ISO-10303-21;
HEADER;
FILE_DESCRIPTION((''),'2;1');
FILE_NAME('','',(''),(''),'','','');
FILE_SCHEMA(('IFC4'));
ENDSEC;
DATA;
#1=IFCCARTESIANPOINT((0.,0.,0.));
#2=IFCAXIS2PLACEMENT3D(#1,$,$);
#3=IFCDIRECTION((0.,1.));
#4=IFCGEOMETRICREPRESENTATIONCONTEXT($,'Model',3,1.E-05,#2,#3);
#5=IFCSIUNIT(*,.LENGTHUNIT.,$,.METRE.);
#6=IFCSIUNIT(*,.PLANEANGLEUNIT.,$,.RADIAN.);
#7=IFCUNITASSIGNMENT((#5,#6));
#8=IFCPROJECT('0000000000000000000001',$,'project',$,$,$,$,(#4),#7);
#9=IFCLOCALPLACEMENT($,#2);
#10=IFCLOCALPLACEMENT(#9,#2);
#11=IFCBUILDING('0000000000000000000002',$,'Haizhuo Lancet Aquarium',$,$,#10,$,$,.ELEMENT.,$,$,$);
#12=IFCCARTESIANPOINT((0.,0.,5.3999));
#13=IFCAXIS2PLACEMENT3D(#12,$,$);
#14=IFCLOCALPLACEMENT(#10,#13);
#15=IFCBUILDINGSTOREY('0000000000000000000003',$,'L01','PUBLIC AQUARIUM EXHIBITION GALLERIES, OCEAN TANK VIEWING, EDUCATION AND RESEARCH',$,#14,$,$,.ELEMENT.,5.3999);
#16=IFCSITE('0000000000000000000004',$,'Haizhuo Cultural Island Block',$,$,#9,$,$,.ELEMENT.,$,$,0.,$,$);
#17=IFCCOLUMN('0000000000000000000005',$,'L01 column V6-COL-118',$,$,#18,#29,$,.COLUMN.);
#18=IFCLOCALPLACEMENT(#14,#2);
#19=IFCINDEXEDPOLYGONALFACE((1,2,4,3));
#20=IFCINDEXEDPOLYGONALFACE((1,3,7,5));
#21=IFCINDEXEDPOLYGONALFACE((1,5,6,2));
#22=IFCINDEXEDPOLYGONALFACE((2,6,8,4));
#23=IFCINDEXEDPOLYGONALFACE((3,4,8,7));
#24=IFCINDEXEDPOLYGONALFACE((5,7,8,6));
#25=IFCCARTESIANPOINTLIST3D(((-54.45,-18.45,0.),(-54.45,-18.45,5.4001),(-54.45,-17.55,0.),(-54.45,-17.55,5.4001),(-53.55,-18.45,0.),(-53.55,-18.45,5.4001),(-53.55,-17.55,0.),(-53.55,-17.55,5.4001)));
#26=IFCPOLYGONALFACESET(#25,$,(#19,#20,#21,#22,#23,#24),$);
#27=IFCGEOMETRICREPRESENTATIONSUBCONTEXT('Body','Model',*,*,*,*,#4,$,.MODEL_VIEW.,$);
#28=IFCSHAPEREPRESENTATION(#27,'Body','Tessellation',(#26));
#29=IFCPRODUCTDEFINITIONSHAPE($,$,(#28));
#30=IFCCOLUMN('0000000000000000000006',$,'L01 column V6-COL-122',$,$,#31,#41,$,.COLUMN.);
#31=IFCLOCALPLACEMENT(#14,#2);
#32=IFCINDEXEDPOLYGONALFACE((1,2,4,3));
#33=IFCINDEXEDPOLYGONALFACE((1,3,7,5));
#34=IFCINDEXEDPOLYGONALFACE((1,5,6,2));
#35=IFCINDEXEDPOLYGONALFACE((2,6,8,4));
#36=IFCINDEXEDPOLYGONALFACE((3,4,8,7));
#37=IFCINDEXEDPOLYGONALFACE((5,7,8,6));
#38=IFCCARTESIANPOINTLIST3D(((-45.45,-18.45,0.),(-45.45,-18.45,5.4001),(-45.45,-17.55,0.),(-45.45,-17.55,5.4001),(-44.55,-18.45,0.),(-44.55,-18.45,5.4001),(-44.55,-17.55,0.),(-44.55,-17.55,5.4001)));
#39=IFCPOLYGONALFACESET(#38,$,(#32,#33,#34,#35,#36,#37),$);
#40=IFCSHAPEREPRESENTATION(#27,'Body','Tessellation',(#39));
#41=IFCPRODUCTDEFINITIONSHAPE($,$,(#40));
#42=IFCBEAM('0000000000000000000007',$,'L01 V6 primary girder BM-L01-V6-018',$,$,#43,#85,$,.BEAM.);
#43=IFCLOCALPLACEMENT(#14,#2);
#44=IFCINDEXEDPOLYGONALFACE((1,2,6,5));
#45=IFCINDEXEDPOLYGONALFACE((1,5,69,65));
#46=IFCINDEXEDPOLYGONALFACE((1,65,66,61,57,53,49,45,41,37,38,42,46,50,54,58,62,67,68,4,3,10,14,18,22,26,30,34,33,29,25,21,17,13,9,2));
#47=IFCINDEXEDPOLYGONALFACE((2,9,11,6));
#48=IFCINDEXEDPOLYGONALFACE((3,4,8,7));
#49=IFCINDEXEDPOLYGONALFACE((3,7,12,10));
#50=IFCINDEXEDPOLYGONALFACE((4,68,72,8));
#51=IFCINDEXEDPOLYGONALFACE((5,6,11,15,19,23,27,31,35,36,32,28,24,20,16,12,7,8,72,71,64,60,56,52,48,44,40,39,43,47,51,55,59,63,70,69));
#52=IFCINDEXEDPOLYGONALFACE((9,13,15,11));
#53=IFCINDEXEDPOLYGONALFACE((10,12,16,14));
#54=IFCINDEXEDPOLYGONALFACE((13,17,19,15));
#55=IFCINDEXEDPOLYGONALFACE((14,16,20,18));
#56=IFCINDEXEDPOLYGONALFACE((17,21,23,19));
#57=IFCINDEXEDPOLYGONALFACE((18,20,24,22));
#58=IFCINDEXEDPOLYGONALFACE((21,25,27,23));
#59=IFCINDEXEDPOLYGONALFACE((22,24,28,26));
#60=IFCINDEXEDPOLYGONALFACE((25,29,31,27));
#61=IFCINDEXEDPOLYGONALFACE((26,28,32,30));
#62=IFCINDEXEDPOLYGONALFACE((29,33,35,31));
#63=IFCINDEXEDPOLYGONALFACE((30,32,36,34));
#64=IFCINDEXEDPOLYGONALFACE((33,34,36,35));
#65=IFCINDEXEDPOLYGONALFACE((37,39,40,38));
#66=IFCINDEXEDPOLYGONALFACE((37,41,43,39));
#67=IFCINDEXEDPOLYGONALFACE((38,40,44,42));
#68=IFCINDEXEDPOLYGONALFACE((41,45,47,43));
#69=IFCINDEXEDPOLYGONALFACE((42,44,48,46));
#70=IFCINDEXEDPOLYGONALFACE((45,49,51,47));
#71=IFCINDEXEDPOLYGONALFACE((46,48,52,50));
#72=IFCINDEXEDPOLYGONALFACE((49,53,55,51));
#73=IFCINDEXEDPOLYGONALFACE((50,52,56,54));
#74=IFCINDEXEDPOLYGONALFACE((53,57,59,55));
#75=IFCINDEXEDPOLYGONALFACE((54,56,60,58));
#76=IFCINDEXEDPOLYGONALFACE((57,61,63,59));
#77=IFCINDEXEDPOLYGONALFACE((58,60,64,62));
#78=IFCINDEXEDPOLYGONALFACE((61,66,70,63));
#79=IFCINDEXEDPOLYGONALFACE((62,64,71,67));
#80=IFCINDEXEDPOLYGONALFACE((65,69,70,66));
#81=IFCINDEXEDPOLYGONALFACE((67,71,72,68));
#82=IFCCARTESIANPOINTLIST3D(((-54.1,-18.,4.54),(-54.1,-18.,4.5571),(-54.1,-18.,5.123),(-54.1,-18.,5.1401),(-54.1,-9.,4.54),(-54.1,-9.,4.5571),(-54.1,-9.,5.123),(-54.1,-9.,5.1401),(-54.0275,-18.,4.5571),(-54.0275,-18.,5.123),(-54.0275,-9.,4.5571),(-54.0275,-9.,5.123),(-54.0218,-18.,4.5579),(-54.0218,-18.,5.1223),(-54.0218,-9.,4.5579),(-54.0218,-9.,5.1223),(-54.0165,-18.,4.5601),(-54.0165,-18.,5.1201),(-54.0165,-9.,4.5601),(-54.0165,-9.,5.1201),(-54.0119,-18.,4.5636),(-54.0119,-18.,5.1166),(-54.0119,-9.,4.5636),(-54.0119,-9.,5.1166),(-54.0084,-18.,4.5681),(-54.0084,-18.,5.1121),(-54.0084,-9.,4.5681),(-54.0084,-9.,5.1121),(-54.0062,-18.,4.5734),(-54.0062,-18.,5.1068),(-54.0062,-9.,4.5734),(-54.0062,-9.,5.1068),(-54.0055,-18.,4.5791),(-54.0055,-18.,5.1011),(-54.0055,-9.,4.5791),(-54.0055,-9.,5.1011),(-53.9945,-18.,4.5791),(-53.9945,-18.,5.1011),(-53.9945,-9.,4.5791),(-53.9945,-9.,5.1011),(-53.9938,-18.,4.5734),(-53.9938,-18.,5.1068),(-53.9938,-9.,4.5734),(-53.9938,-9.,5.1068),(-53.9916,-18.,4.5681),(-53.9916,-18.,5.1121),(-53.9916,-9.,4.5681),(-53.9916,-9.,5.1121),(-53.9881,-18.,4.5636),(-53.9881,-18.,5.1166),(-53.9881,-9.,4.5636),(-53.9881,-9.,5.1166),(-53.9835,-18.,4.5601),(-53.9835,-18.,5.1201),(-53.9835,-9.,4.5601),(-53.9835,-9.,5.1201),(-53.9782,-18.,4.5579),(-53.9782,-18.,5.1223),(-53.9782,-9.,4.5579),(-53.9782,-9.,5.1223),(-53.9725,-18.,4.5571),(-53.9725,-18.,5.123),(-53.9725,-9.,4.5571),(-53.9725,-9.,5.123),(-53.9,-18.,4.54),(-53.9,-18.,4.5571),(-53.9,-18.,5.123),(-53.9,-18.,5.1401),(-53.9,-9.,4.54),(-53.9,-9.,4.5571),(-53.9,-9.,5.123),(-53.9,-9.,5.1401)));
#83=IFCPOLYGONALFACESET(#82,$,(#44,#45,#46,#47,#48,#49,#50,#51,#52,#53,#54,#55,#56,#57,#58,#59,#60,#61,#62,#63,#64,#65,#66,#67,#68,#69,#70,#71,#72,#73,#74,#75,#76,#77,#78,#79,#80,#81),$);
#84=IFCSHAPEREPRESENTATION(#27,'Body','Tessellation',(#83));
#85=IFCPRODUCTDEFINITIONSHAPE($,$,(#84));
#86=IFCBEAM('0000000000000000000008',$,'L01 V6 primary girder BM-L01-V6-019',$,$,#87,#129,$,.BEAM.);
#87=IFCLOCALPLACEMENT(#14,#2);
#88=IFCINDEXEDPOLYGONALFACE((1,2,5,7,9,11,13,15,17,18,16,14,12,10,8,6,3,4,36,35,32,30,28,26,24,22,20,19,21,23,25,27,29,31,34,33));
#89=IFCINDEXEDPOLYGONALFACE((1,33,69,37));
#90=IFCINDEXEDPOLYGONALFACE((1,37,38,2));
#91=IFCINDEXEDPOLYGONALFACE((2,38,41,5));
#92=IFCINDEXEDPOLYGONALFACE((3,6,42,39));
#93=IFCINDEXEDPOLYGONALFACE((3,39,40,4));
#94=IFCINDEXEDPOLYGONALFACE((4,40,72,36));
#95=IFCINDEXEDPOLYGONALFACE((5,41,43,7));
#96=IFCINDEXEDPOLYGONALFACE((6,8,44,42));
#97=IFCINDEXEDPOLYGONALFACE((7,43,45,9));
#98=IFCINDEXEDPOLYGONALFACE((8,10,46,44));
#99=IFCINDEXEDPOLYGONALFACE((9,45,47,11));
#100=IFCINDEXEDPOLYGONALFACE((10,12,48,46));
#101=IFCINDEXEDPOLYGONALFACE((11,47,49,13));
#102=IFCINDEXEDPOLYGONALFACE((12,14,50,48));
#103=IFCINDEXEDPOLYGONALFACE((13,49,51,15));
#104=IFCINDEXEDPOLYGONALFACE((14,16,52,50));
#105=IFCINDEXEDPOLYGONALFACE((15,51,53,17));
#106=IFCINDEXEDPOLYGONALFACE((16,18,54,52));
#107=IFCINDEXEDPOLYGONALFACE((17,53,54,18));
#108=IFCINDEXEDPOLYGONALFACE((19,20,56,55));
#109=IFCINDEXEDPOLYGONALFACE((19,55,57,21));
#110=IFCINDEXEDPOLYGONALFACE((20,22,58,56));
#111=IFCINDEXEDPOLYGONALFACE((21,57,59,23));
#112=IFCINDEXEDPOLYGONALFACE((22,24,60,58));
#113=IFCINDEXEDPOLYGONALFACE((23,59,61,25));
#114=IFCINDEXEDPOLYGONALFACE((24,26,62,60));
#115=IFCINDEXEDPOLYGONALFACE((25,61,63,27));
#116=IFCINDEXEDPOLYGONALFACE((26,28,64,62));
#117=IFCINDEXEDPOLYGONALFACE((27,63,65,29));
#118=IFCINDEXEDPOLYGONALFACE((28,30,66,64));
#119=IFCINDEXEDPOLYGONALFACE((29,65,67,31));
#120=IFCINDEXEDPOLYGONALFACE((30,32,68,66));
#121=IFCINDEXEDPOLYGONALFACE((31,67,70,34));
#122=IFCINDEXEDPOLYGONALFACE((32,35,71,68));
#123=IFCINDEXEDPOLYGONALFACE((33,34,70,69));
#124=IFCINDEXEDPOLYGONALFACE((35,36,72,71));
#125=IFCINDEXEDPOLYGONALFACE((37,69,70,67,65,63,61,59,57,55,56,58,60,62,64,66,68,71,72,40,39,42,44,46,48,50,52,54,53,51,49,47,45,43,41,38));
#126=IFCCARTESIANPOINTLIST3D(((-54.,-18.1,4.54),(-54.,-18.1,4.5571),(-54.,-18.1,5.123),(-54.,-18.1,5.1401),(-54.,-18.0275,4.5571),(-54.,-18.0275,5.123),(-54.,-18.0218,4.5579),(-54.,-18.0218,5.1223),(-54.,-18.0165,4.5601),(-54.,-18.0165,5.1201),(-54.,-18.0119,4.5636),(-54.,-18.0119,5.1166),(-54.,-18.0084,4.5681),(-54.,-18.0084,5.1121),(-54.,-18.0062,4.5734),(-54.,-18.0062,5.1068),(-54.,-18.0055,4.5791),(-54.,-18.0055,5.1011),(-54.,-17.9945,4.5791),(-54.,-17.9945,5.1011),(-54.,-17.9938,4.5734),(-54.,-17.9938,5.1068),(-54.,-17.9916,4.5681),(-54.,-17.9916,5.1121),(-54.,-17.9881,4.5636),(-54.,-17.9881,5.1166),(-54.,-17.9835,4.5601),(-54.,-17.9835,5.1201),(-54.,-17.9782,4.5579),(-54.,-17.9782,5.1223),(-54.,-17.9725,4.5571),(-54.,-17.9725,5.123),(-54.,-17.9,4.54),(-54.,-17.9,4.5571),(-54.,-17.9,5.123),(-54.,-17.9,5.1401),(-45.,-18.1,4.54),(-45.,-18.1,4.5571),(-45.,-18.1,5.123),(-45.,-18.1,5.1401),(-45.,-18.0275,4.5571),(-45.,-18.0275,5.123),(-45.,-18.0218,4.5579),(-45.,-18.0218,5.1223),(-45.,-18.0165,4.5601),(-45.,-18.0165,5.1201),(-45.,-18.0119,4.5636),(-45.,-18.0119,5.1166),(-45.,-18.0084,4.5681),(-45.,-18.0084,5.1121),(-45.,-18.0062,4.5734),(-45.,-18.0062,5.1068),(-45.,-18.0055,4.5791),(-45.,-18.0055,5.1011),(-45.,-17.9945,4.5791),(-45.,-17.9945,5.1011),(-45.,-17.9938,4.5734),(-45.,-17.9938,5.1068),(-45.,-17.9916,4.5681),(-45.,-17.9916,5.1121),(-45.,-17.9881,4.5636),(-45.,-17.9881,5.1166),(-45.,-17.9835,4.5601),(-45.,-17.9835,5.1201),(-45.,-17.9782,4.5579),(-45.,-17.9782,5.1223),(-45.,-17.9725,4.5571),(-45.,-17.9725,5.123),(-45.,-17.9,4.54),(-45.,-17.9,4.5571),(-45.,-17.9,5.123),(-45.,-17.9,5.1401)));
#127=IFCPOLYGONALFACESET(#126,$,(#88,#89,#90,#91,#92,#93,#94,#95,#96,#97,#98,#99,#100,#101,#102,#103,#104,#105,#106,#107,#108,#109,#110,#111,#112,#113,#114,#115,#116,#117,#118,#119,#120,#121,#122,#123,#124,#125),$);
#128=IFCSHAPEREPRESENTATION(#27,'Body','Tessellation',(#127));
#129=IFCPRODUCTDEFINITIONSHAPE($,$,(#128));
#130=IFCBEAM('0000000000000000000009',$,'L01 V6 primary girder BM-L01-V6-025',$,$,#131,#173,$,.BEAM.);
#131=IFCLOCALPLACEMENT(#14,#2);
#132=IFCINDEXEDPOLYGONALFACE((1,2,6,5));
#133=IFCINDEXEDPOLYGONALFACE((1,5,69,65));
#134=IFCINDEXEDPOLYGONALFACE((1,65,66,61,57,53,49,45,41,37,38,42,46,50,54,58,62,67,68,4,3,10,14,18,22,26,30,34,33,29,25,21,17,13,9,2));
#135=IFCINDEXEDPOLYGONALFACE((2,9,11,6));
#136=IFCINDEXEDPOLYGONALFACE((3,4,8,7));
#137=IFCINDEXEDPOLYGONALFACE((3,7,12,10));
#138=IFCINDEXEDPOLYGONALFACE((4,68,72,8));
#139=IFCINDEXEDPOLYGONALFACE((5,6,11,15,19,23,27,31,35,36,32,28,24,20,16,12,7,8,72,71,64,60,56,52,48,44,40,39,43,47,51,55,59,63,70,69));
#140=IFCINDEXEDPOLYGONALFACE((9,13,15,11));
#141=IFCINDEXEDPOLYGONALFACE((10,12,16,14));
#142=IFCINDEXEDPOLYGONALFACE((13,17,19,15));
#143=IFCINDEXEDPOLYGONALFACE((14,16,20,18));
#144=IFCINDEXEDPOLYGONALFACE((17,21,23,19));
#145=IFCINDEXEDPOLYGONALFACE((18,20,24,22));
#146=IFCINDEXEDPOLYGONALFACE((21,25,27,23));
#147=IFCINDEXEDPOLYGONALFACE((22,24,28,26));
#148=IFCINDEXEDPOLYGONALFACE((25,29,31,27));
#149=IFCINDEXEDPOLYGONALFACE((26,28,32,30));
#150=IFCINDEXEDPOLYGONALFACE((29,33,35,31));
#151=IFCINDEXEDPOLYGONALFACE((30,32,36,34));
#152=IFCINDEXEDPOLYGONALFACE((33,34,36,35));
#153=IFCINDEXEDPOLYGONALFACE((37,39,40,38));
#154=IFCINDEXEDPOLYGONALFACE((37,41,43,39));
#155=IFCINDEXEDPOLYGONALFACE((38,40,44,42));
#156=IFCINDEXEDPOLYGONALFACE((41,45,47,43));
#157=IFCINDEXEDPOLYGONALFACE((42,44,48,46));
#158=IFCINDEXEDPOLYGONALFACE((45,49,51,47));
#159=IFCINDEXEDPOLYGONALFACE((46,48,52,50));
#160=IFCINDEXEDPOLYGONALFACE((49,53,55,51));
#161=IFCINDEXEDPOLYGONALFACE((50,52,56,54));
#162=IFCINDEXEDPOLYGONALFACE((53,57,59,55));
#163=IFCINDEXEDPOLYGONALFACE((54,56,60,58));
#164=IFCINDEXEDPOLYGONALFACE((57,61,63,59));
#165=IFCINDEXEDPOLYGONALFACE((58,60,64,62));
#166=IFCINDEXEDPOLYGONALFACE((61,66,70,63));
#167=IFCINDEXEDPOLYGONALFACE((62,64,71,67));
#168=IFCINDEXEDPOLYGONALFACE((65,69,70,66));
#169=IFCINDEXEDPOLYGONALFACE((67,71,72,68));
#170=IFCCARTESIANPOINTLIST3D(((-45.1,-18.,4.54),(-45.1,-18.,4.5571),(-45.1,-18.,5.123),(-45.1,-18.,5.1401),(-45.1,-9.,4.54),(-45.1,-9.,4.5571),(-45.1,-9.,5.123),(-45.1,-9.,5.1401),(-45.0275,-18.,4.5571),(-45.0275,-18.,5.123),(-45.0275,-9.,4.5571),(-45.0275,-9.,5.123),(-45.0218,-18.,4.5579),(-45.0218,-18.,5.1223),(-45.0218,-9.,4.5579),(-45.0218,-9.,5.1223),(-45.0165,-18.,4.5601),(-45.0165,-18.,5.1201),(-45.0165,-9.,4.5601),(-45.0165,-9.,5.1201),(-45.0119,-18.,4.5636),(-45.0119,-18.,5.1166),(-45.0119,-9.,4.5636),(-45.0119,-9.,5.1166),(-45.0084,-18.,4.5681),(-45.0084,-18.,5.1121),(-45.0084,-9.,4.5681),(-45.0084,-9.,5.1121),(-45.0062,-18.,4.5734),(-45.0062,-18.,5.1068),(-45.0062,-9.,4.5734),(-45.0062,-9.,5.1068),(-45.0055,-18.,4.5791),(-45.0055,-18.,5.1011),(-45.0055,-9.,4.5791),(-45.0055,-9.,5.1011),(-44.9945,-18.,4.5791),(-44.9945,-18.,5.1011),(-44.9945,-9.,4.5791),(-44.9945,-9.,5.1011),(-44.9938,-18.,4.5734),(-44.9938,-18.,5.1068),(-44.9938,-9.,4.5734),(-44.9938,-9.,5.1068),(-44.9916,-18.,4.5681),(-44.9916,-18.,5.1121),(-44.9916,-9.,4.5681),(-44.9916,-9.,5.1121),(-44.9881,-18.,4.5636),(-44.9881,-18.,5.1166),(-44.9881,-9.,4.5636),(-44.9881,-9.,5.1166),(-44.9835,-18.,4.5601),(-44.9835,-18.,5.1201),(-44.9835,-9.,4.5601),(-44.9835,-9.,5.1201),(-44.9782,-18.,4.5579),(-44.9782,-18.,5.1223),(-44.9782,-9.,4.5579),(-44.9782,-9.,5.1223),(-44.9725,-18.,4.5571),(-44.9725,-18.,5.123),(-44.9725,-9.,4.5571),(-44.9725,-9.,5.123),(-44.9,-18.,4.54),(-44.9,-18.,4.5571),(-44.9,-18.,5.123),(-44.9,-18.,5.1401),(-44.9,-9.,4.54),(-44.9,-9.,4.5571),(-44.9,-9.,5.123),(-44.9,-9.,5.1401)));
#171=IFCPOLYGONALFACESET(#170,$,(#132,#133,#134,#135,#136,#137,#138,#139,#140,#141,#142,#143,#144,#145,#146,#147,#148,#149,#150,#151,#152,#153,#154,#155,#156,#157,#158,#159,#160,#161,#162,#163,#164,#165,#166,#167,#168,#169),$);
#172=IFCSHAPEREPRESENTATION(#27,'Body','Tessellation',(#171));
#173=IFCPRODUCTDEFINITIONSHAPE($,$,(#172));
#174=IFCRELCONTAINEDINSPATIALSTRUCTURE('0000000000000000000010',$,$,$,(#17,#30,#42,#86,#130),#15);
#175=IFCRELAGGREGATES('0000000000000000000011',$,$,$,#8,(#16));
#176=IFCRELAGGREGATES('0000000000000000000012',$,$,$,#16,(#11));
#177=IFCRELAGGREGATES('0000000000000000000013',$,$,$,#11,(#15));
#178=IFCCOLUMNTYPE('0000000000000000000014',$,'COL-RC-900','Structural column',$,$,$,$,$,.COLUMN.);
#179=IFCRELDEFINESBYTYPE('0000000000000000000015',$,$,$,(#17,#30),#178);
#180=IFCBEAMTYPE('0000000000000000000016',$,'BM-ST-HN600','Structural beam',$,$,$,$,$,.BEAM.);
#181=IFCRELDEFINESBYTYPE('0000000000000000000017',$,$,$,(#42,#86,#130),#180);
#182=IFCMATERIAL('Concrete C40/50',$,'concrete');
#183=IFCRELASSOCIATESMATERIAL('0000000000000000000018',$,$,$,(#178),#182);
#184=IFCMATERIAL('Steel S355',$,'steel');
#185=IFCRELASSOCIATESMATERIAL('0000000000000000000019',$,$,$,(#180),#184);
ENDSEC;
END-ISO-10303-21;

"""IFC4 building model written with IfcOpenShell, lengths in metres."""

from ifc_helpers import new_model, si_unit, direction, frame, origin, origin_2d, place, context, subcontext, project, spatial, rectangle, i_section, extrude, material, material_profile, profile_set, type_object, element, save


model = new_model("IFC4")

# Units and contexts
model_context = context("Model", 3, precision=1e-05, world=origin(), true_north=direction((0.0, 1.0)))
body_context = subcontext(model_context, "Body", "Model", "MODEL_VIEW")
ifc_project = project(units=[si_unit("LENGTHUNIT", "METRE"), si_unit("PLANEANGLEUNIT", "RADIAN")], contexts=[model_context])

# Site, building, storey
site_placement = place(None, origin())
site = spatial("IfcSite", under=ifc_project, at=site_placement, Name="Haizhuo Cultural Island Block", CompositionType="ELEMENT", RefElevation=0.0)
building_placement = place(site_placement, origin())
building = spatial("IfcBuilding", under=site, at=building_placement, Name="Haizhuo Lancet Aquarium", CompositionType="ELEMENT")
storey_placement = place(building_placement, frame((0.0, 0.0, 5.3999)))
storey = spatial("IfcBuildingStorey", under=building, at=storey_placement, Name="L01", Description="PUBLIC AQUARIUM EXHIBITION GALLERIES, OCEAN TANK VIEWING, EDUCATION AND RESEARCH", CompositionType="ELEMENT", Elevation=5.3999)

# Columns
ifc_material_1 = material(Name="Concrete C40/50", Category="concrete")
ifc_material_profile_1 = material_profile(ifc_material_1, rectangle(XDim=0.8999, YDim=0.8999, at=origin_2d()), Name="RC-COL 900x900")
ifc_profile_set_1 = profile_set([ifc_material_profile_1], Name="Concrete C40/50")
column_type = type_object("IfcColumnType", Name="COL-RC-900", Description="Structural column", PredefinedType="COLUMN", material=ifc_profile_set_1)
for number, where, z_axis, x_axis, name in (
    (1, (-54.0, -18.0, 0.0), (0.0, 0.0, 1.0), (1.0, 0.0, 0.0), "L01 column V6-COL-118"),
    (2, (-45.0, -18.0, 0.0), (0.0, 0.0, 1.0), (1.0, 0.0, 0.0), "L01 column V6-COL-122"),
):
    element("IfcColumn", number, at=place(storey_placement, frame(where, z_axis=z_axis, x_axis=x_axis)), inside=storey, type_object=column_type, Name=name, PredefinedType="COLUMN", context=body_context, shape_type="SweptSolid", body=[
        extrude(rectangle(XDim=0.8999, YDim=0.8999, at=origin_2d()), origin(), (0.0, 0.0, 1.0), 5.4001),
    ])

# Beams
ifc_material_2 = material(Name="Steel S355", Category="steel")
ifc_material_profile_2 = material_profile(ifc_material_2, i_section(OverallWidth=0.2, OverallDepth=0.6001, WebThickness=0.011, FlangeThickness=0.0171, FilletRadius=0.022, at=origin_2d()), Name="HN 600x200x11x17")
ifc_profile_set_2 = profile_set([ifc_material_profile_2], Name="Steel S355")
beam_type_1 = type_object("IfcBeamType", Name="BM-ST-HN600", Description="Structural beam", PredefinedType="BEAM", material=ifc_profile_set_2)
for number, where, z_axis, x_axis, name in (
    (3, (-54.0, -18.0, 4.8401), (0.0, 1.0, 0.0), (-1.0, 0.0, 0.0), "L01 V6 primary girder BM-L01-V6-018"),
    (4, (-54.0, -18.0, 4.8401), (1.0, 0.0, 0.0), (0.0, 1.0, 0.0), "L01 V6 primary girder BM-L01-V6-019"),
    (5, (-45.0, -18.0, 4.8401), (0.0, 1.0, 0.0), (-1.0, 0.0, 0.0), "L01 V6 primary girder BM-L01-V6-025"),
):
    element("IfcBeam", number, at=place(storey_placement, frame(where, z_axis=z_axis, x_axis=x_axis)), inside=storey, type_object=beam_type_1, Name=name, PredefinedType="BEAM", context=body_context, shape_type="SweptSolid", body=[
        extrude(i_section(OverallWidth=0.2, OverallDepth=0.6001, WebThickness=0.011, FlangeThickness=0.0171, FilletRadius=0.022, at=origin_2d()), origin(), (0.0, 0.0, 1.0), 9.0),
    ])

save(model, "model.ifc")
